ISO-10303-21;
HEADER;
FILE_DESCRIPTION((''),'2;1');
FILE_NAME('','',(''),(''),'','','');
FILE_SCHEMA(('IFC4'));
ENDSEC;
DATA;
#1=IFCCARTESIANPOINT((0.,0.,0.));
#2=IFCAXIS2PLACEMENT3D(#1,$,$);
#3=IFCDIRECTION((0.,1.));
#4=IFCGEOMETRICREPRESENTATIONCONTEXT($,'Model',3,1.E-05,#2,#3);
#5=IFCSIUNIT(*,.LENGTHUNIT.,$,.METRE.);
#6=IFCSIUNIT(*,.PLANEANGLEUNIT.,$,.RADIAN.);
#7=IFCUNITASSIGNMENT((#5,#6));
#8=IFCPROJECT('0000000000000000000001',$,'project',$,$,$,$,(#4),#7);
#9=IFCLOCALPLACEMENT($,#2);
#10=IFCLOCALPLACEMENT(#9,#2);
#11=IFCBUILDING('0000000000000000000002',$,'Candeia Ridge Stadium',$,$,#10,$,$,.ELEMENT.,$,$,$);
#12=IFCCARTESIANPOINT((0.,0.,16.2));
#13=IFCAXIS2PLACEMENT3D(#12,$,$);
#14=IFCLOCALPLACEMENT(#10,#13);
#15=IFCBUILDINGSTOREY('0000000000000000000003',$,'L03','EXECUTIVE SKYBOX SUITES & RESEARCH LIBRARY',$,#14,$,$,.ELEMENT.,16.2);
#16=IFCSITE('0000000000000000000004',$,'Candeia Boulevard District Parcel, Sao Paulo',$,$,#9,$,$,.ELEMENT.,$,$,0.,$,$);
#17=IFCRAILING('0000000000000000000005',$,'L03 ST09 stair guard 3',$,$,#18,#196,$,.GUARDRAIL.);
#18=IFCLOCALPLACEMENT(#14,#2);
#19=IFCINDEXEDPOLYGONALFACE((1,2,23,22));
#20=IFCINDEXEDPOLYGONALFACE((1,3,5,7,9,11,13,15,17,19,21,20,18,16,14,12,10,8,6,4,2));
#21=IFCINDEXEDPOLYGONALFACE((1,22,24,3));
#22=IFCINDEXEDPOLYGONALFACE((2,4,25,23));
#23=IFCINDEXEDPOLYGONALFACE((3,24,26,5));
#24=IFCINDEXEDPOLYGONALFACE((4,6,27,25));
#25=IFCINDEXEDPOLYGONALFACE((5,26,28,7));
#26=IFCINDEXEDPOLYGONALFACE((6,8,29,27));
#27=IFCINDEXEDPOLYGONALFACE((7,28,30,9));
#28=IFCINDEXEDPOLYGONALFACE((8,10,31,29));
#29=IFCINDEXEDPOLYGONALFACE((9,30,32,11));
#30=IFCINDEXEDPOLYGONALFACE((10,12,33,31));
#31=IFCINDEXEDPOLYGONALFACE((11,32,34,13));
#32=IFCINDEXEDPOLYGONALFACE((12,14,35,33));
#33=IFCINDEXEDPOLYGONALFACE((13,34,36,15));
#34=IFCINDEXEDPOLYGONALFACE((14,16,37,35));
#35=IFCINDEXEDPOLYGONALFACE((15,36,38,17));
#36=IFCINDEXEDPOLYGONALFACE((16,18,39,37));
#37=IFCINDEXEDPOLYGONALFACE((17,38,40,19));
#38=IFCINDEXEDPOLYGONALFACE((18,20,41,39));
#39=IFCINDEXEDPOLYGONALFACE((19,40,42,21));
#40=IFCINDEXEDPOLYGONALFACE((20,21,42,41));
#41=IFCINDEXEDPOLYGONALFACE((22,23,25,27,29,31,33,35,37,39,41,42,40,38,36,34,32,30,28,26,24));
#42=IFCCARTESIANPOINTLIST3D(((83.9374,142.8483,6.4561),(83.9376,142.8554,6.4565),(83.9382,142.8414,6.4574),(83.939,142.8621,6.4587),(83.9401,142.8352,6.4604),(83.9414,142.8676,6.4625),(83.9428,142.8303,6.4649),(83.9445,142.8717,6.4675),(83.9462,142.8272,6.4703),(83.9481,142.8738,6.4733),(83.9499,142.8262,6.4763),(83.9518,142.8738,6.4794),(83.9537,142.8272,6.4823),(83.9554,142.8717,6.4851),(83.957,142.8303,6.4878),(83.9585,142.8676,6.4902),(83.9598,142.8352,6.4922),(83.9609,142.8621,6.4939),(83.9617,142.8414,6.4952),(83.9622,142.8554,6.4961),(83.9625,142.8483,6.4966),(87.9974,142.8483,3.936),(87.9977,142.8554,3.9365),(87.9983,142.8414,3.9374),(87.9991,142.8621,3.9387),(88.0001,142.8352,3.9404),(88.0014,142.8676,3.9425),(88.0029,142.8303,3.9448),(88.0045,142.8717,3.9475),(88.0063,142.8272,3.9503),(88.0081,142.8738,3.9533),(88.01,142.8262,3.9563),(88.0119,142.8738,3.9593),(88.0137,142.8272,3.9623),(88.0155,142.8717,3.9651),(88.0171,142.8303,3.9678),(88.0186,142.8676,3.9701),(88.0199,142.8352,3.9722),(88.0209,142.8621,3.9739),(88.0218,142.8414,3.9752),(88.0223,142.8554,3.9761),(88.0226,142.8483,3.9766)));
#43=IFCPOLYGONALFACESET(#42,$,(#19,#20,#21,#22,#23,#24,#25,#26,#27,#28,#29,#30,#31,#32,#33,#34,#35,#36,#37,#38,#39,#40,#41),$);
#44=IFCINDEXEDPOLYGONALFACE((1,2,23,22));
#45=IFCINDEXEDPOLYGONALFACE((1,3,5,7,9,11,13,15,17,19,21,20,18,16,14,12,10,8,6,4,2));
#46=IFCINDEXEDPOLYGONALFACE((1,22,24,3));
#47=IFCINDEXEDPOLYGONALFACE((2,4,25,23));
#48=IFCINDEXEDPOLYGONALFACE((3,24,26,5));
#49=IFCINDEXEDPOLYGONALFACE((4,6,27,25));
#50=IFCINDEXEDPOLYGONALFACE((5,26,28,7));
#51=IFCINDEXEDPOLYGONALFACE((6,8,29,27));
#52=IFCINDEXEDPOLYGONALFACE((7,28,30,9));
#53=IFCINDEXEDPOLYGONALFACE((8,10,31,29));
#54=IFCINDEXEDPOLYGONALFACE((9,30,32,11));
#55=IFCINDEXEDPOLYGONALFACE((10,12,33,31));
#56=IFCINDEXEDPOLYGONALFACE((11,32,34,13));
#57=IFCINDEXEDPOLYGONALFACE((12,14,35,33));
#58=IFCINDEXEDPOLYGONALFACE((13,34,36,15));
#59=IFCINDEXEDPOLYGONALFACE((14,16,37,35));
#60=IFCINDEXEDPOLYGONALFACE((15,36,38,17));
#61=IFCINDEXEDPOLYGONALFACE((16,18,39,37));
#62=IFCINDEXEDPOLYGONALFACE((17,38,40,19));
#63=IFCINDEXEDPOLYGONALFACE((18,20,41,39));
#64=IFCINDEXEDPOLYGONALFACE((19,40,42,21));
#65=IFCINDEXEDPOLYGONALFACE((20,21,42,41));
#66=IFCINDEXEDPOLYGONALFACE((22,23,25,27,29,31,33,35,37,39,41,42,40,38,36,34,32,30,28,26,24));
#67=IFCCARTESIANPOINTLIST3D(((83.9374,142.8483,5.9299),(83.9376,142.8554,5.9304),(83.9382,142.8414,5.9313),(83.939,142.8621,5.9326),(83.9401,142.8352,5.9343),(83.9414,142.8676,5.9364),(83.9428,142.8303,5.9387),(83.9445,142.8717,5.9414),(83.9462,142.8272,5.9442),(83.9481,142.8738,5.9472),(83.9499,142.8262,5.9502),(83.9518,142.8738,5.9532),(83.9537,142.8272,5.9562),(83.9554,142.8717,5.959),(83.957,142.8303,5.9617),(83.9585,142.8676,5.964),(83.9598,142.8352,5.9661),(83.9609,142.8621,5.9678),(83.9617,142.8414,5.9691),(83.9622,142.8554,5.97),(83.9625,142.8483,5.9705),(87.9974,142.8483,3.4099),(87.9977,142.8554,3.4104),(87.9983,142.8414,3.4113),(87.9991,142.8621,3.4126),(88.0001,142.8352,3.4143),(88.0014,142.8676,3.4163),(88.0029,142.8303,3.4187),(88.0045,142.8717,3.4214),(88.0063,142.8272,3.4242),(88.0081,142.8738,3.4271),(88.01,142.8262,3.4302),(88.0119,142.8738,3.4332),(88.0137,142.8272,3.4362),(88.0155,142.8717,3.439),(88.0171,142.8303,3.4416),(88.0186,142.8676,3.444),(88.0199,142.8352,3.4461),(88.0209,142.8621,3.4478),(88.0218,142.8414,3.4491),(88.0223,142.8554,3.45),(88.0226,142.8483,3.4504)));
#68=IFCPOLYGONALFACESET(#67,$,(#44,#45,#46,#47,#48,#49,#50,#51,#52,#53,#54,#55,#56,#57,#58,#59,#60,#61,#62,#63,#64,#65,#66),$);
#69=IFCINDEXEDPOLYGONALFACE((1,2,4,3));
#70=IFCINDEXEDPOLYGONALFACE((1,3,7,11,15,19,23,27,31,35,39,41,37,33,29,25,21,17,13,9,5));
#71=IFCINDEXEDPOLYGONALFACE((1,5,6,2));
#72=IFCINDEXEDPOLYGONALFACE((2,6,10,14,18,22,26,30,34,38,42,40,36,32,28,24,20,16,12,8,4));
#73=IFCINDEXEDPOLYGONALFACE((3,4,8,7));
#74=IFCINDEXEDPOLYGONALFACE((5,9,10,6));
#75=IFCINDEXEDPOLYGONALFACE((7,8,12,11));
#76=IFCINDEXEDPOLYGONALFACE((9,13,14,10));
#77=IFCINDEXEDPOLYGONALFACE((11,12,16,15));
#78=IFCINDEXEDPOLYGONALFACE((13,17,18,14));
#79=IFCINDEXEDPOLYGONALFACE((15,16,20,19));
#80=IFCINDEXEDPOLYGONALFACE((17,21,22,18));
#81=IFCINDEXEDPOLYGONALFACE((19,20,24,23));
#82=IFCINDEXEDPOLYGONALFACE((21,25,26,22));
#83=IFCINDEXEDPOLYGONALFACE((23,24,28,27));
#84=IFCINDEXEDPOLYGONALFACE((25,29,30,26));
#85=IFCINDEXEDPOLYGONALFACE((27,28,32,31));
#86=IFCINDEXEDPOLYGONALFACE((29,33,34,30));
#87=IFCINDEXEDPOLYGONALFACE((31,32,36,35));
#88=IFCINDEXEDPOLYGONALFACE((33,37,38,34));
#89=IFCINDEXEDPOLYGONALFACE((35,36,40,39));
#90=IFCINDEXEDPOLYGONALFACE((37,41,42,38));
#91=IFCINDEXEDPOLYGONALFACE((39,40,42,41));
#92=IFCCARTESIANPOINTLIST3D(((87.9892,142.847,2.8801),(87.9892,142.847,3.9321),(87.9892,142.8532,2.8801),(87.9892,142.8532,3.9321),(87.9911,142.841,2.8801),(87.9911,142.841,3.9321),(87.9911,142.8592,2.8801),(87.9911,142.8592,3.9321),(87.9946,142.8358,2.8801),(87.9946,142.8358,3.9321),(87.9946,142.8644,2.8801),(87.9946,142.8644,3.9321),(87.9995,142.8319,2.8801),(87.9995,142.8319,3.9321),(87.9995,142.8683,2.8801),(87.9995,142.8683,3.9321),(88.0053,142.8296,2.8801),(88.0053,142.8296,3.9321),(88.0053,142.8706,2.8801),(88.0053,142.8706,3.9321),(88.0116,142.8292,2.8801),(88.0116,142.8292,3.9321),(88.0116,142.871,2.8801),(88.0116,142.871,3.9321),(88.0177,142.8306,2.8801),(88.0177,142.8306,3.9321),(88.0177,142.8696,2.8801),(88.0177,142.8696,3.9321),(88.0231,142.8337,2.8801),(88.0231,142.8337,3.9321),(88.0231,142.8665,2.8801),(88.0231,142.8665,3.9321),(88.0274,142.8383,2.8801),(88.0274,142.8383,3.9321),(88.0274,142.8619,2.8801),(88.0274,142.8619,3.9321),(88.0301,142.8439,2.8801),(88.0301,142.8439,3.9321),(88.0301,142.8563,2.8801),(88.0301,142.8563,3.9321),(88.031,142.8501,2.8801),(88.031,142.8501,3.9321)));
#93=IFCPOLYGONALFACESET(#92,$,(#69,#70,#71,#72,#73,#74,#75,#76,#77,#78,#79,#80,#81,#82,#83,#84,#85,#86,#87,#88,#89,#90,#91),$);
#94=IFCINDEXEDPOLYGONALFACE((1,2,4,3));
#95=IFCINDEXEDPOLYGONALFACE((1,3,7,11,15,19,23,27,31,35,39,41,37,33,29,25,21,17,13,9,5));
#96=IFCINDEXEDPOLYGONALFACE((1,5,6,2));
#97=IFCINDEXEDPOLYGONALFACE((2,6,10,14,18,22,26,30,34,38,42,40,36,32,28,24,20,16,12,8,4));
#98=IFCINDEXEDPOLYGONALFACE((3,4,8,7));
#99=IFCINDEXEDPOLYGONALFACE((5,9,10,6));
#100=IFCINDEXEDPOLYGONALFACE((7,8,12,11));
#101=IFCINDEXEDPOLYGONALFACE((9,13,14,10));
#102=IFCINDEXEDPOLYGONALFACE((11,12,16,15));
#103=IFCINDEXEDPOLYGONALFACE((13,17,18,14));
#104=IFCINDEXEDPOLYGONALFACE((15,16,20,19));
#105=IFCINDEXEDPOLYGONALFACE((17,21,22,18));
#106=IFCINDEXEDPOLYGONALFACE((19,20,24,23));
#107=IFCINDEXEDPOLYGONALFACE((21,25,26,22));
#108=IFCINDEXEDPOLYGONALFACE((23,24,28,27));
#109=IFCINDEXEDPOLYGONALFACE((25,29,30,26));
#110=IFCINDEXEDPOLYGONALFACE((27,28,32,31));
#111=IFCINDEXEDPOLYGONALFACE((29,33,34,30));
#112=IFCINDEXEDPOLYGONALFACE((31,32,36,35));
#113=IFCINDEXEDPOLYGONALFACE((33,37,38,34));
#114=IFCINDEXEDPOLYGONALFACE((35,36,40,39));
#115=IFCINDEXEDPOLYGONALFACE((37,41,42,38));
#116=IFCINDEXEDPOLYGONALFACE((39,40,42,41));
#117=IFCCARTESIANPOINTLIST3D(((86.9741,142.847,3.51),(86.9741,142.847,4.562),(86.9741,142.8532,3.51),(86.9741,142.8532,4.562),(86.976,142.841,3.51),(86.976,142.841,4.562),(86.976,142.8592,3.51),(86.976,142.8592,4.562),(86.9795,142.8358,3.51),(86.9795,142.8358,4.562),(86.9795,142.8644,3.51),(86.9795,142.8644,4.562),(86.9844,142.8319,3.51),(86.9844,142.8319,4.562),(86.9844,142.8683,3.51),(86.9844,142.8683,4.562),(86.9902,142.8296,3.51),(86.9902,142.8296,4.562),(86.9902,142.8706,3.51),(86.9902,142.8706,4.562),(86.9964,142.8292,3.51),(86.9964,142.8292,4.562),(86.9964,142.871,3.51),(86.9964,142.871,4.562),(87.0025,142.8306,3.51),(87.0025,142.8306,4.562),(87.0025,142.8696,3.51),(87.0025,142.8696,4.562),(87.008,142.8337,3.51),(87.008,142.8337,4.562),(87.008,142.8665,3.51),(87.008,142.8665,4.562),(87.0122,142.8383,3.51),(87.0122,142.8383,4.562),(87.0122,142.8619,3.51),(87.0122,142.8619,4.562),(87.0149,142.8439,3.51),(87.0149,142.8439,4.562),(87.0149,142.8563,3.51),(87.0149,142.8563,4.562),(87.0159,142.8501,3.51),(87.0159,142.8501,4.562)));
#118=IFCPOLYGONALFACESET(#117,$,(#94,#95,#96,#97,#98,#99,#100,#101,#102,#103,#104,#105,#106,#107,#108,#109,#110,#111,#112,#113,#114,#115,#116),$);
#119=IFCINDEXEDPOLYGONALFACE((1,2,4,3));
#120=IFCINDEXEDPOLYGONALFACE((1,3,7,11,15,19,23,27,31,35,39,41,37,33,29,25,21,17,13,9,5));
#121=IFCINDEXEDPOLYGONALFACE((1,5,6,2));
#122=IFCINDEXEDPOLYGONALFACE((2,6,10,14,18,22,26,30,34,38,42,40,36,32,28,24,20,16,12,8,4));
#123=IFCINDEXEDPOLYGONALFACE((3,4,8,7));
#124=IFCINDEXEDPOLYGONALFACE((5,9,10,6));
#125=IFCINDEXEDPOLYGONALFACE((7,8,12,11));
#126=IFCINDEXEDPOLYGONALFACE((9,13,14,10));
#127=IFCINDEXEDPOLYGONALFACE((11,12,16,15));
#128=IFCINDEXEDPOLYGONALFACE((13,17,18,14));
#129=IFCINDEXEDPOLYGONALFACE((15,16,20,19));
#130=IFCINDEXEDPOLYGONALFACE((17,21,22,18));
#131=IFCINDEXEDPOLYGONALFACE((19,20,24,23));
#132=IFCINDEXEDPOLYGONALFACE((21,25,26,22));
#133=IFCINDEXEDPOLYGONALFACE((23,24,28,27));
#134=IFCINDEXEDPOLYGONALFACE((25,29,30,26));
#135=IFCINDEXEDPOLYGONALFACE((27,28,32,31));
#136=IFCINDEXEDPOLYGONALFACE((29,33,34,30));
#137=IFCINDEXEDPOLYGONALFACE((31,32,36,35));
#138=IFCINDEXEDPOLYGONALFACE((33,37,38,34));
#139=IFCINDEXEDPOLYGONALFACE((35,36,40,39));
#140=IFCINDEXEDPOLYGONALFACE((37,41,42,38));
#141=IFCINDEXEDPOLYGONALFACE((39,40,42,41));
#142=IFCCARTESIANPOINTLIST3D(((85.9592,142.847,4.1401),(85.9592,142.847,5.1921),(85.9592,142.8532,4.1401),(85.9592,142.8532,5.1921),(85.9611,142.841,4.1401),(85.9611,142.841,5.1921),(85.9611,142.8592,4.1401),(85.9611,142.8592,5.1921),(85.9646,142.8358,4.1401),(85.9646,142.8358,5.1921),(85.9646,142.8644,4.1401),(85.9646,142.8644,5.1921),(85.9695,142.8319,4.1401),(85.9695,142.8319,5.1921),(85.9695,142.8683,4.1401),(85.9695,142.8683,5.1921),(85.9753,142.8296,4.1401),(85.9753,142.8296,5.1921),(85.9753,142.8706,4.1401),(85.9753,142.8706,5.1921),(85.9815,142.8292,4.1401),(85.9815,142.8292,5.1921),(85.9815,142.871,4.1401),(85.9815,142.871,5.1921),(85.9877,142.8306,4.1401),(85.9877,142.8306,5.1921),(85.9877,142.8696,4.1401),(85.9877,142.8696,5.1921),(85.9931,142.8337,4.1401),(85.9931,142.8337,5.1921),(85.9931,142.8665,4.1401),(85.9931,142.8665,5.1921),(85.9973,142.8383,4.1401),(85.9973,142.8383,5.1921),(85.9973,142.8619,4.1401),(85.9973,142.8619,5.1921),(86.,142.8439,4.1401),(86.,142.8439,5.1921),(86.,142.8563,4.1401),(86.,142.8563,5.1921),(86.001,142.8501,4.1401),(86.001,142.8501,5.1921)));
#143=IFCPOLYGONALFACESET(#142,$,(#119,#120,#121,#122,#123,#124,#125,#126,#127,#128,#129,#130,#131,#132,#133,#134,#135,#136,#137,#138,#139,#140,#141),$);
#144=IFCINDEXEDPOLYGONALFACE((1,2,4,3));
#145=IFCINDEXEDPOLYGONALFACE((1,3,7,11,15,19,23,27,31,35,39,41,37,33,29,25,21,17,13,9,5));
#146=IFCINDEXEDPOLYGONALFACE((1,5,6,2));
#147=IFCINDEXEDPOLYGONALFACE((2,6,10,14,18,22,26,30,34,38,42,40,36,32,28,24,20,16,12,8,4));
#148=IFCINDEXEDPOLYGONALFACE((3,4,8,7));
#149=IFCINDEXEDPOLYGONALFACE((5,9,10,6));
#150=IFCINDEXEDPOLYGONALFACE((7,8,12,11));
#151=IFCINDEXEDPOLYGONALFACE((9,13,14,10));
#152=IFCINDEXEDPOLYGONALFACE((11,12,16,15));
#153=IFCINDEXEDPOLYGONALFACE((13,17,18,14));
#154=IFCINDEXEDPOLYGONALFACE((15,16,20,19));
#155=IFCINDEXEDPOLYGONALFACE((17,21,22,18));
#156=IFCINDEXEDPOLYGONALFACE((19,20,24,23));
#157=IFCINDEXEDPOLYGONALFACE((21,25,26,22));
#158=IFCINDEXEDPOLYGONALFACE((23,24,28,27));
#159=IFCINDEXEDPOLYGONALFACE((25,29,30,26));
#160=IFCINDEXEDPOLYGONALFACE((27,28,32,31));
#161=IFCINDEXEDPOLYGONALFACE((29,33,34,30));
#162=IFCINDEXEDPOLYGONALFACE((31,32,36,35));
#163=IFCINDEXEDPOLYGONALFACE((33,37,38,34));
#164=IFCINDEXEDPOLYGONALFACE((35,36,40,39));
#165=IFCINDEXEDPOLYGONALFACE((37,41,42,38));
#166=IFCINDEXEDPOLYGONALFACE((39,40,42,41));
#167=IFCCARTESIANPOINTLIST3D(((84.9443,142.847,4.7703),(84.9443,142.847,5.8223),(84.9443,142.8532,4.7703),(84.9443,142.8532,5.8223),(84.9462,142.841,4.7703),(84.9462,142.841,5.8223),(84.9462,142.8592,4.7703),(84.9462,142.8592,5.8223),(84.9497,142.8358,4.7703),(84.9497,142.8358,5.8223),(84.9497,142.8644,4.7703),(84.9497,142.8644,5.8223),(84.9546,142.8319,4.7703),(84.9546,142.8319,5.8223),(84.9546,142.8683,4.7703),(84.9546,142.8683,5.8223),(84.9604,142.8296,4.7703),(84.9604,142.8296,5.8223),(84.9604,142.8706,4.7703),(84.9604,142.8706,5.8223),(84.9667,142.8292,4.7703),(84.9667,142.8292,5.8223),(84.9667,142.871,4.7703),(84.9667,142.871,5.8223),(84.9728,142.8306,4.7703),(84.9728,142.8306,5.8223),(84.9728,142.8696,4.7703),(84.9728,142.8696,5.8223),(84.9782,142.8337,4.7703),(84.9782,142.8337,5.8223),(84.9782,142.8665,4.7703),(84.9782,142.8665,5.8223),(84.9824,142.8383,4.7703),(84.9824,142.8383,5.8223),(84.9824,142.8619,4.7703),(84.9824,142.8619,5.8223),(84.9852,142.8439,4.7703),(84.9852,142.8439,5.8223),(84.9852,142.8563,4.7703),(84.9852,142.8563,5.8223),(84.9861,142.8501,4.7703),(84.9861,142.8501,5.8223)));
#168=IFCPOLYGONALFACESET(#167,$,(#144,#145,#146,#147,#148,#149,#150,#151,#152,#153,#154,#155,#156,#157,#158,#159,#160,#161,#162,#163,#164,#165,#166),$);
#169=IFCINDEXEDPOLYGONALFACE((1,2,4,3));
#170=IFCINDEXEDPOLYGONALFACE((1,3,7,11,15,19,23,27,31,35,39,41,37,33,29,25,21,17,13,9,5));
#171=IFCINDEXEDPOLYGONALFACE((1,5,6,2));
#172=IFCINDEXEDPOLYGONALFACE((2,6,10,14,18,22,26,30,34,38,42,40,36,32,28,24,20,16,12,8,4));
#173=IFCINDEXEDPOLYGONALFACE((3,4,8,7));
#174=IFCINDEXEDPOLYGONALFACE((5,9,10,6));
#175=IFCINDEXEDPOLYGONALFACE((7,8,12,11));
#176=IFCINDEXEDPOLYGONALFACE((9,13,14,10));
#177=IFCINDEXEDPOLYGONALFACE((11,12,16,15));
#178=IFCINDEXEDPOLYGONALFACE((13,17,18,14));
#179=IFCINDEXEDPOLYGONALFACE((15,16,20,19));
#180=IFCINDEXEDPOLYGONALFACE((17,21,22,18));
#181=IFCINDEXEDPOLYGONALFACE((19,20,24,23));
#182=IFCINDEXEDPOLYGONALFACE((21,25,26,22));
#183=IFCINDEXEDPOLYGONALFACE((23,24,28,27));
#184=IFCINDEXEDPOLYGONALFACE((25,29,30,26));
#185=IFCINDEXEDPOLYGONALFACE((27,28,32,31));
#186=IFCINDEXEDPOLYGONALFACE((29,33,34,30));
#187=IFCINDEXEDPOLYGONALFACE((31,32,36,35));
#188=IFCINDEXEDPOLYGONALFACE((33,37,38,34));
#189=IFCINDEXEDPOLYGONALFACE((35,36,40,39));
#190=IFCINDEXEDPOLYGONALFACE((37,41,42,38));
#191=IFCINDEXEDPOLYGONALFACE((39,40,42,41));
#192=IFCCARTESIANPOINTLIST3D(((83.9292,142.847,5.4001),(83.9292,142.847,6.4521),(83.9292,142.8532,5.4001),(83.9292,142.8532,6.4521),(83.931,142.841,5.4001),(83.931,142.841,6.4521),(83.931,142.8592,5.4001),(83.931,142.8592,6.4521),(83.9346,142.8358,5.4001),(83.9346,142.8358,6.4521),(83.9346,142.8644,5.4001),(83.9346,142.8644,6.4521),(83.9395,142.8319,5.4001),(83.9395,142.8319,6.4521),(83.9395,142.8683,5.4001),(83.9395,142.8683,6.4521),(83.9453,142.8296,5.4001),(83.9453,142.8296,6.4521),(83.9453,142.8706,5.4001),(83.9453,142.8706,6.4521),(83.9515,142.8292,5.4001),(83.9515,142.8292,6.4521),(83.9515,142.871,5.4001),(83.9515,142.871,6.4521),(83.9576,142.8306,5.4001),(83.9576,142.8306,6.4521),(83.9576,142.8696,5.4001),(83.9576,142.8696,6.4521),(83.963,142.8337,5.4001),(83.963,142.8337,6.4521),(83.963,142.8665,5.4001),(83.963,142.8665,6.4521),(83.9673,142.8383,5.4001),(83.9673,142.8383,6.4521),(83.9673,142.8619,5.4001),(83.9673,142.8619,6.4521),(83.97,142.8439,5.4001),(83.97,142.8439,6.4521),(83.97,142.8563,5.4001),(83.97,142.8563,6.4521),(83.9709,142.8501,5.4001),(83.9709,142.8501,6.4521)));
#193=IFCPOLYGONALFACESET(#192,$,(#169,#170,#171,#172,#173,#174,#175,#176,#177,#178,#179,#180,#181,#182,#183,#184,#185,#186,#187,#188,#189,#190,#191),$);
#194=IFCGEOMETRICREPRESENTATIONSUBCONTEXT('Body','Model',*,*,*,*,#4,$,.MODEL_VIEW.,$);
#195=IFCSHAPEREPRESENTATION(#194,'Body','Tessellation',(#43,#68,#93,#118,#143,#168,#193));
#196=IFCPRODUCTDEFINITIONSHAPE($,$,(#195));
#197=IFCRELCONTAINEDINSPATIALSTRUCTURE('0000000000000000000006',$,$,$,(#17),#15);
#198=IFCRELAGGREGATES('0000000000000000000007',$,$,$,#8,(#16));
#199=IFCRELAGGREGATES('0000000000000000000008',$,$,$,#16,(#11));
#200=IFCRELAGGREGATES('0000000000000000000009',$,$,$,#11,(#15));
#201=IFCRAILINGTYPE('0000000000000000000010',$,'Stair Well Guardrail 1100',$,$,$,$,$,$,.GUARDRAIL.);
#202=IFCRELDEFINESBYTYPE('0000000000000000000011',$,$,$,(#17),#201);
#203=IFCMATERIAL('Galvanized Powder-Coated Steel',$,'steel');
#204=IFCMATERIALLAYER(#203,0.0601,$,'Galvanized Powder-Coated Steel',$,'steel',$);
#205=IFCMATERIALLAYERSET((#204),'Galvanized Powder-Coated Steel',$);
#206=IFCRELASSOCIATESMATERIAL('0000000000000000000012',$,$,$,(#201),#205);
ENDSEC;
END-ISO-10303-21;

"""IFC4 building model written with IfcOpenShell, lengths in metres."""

from ifc_helpers import new_model, si_unit, direction, frame, origin, origin_2d, place, context, subcontext, project, spatial, circle, extrude, material, layer, layer_set, type_object, element, save


model = new_model("IFC4")

# Units and contexts
model_context = context("Model", 3, precision=1e-05, world=origin(), true_north=direction((0.0, 1.0)))
body_context = subcontext(model_context, "Body", "Model", "MODEL_VIEW")
ifc_project = project(units=[si_unit("LENGTHUNIT", "METRE"), si_unit("PLANEANGLEUNIT", "RADIAN")], contexts=[model_context])

# Site, building, storey
site_placement = place(None, origin())
site = spatial("IfcSite", under=ifc_project, at=site_placement, Name="Candeia Boulevard District Parcel, Sao Paulo", CompositionType="ELEMENT", RefElevation=0.0)
building_placement = place(site_placement, origin())
building = spatial("IfcBuilding", under=site, at=building_placement, Name="Candeia Ridge Stadium", CompositionType="ELEMENT")
storey_placement = place(building_placement, frame((0.0, 0.0, 16.2)))
storey = spatial("IfcBuildingStorey", under=building, at=storey_placement, Name="L03", Description="EXECUTIVE SKYBOX SUITES & RESEARCH LIBRARY", CompositionType="ELEMENT", Elevation=16.2)

# Railing
ifc_material_1 = material(Name="Galvanized Powder-Coated Steel", Category="steel")
ifc_layer_1 = layer(ifc_material_1, 0.0601, Name="Galvanized Powder-Coated Steel", Category="steel")
ifc_layer_set_1 = layer_set([ifc_layer_1], Name="Galvanized Powder-Coated Steel")
railing_type_1 = type_object("IfcRailingType", Name="Stair Well Guardrail 1100", PredefinedType="GUARDRAIL", material=ifc_layer_set_1)
railing_1_placement = place(storey_placement, frame((88.01, 142.8501, 2.8801)))
element("IfcRailing", 1, at=railing_1_placement, inside=storey, type_object=railing_type_1, Name="L03 ST09 stair guard 3", PredefinedType="GUARDRAIL", context=body_context, shape_type="SweptSolid", body=[
    extrude(circle(Radius=0.0239, at=origin_2d()), frame((0.0, 0.0, 1.0762), z_axis=(-0.849642, 0.0, 0.52736), x_axis=(0.0, -1.0, 0.0)), (0.0, 0.0, 1.0), 4.7786),
    extrude(circle(Radius=0.0239, at=origin_2d()), frame((0.0, 0.0, 0.55), z_axis=(-0.849642, 0.0, 0.52736), x_axis=(0.0, -1.0, 0.0)), (0.0, 0.0, 1.0), 4.7786),
    extrude(circle(Radius=0.021, at=origin_2d()), origin(), (0.0, 0.0, 1.0), 1.052),
    extrude(circle(Radius=0.021, at=origin_2d()), frame((-1.0151, 0.0, 0.6299)), (0.0, 0.0, 1.0), 1.052),
    extrude(circle(Radius=0.021, at=origin_2d()), frame((-2.03, 0.0, 1.26)), (0.0, 0.0, 1.0), 1.052),
    extrude(circle(Radius=0.021, at=origin_2d()), frame((-3.0449, 0.0, 1.8901)), (0.0, 0.0, 1.0), 1.052),
    extrude(circle(Radius=0.021, at=origin_2d()), frame((-4.0601, 0.0, 2.52)), (0.0, 0.0, 1.0), 1.052),
])

save(model, "model.ifc")
